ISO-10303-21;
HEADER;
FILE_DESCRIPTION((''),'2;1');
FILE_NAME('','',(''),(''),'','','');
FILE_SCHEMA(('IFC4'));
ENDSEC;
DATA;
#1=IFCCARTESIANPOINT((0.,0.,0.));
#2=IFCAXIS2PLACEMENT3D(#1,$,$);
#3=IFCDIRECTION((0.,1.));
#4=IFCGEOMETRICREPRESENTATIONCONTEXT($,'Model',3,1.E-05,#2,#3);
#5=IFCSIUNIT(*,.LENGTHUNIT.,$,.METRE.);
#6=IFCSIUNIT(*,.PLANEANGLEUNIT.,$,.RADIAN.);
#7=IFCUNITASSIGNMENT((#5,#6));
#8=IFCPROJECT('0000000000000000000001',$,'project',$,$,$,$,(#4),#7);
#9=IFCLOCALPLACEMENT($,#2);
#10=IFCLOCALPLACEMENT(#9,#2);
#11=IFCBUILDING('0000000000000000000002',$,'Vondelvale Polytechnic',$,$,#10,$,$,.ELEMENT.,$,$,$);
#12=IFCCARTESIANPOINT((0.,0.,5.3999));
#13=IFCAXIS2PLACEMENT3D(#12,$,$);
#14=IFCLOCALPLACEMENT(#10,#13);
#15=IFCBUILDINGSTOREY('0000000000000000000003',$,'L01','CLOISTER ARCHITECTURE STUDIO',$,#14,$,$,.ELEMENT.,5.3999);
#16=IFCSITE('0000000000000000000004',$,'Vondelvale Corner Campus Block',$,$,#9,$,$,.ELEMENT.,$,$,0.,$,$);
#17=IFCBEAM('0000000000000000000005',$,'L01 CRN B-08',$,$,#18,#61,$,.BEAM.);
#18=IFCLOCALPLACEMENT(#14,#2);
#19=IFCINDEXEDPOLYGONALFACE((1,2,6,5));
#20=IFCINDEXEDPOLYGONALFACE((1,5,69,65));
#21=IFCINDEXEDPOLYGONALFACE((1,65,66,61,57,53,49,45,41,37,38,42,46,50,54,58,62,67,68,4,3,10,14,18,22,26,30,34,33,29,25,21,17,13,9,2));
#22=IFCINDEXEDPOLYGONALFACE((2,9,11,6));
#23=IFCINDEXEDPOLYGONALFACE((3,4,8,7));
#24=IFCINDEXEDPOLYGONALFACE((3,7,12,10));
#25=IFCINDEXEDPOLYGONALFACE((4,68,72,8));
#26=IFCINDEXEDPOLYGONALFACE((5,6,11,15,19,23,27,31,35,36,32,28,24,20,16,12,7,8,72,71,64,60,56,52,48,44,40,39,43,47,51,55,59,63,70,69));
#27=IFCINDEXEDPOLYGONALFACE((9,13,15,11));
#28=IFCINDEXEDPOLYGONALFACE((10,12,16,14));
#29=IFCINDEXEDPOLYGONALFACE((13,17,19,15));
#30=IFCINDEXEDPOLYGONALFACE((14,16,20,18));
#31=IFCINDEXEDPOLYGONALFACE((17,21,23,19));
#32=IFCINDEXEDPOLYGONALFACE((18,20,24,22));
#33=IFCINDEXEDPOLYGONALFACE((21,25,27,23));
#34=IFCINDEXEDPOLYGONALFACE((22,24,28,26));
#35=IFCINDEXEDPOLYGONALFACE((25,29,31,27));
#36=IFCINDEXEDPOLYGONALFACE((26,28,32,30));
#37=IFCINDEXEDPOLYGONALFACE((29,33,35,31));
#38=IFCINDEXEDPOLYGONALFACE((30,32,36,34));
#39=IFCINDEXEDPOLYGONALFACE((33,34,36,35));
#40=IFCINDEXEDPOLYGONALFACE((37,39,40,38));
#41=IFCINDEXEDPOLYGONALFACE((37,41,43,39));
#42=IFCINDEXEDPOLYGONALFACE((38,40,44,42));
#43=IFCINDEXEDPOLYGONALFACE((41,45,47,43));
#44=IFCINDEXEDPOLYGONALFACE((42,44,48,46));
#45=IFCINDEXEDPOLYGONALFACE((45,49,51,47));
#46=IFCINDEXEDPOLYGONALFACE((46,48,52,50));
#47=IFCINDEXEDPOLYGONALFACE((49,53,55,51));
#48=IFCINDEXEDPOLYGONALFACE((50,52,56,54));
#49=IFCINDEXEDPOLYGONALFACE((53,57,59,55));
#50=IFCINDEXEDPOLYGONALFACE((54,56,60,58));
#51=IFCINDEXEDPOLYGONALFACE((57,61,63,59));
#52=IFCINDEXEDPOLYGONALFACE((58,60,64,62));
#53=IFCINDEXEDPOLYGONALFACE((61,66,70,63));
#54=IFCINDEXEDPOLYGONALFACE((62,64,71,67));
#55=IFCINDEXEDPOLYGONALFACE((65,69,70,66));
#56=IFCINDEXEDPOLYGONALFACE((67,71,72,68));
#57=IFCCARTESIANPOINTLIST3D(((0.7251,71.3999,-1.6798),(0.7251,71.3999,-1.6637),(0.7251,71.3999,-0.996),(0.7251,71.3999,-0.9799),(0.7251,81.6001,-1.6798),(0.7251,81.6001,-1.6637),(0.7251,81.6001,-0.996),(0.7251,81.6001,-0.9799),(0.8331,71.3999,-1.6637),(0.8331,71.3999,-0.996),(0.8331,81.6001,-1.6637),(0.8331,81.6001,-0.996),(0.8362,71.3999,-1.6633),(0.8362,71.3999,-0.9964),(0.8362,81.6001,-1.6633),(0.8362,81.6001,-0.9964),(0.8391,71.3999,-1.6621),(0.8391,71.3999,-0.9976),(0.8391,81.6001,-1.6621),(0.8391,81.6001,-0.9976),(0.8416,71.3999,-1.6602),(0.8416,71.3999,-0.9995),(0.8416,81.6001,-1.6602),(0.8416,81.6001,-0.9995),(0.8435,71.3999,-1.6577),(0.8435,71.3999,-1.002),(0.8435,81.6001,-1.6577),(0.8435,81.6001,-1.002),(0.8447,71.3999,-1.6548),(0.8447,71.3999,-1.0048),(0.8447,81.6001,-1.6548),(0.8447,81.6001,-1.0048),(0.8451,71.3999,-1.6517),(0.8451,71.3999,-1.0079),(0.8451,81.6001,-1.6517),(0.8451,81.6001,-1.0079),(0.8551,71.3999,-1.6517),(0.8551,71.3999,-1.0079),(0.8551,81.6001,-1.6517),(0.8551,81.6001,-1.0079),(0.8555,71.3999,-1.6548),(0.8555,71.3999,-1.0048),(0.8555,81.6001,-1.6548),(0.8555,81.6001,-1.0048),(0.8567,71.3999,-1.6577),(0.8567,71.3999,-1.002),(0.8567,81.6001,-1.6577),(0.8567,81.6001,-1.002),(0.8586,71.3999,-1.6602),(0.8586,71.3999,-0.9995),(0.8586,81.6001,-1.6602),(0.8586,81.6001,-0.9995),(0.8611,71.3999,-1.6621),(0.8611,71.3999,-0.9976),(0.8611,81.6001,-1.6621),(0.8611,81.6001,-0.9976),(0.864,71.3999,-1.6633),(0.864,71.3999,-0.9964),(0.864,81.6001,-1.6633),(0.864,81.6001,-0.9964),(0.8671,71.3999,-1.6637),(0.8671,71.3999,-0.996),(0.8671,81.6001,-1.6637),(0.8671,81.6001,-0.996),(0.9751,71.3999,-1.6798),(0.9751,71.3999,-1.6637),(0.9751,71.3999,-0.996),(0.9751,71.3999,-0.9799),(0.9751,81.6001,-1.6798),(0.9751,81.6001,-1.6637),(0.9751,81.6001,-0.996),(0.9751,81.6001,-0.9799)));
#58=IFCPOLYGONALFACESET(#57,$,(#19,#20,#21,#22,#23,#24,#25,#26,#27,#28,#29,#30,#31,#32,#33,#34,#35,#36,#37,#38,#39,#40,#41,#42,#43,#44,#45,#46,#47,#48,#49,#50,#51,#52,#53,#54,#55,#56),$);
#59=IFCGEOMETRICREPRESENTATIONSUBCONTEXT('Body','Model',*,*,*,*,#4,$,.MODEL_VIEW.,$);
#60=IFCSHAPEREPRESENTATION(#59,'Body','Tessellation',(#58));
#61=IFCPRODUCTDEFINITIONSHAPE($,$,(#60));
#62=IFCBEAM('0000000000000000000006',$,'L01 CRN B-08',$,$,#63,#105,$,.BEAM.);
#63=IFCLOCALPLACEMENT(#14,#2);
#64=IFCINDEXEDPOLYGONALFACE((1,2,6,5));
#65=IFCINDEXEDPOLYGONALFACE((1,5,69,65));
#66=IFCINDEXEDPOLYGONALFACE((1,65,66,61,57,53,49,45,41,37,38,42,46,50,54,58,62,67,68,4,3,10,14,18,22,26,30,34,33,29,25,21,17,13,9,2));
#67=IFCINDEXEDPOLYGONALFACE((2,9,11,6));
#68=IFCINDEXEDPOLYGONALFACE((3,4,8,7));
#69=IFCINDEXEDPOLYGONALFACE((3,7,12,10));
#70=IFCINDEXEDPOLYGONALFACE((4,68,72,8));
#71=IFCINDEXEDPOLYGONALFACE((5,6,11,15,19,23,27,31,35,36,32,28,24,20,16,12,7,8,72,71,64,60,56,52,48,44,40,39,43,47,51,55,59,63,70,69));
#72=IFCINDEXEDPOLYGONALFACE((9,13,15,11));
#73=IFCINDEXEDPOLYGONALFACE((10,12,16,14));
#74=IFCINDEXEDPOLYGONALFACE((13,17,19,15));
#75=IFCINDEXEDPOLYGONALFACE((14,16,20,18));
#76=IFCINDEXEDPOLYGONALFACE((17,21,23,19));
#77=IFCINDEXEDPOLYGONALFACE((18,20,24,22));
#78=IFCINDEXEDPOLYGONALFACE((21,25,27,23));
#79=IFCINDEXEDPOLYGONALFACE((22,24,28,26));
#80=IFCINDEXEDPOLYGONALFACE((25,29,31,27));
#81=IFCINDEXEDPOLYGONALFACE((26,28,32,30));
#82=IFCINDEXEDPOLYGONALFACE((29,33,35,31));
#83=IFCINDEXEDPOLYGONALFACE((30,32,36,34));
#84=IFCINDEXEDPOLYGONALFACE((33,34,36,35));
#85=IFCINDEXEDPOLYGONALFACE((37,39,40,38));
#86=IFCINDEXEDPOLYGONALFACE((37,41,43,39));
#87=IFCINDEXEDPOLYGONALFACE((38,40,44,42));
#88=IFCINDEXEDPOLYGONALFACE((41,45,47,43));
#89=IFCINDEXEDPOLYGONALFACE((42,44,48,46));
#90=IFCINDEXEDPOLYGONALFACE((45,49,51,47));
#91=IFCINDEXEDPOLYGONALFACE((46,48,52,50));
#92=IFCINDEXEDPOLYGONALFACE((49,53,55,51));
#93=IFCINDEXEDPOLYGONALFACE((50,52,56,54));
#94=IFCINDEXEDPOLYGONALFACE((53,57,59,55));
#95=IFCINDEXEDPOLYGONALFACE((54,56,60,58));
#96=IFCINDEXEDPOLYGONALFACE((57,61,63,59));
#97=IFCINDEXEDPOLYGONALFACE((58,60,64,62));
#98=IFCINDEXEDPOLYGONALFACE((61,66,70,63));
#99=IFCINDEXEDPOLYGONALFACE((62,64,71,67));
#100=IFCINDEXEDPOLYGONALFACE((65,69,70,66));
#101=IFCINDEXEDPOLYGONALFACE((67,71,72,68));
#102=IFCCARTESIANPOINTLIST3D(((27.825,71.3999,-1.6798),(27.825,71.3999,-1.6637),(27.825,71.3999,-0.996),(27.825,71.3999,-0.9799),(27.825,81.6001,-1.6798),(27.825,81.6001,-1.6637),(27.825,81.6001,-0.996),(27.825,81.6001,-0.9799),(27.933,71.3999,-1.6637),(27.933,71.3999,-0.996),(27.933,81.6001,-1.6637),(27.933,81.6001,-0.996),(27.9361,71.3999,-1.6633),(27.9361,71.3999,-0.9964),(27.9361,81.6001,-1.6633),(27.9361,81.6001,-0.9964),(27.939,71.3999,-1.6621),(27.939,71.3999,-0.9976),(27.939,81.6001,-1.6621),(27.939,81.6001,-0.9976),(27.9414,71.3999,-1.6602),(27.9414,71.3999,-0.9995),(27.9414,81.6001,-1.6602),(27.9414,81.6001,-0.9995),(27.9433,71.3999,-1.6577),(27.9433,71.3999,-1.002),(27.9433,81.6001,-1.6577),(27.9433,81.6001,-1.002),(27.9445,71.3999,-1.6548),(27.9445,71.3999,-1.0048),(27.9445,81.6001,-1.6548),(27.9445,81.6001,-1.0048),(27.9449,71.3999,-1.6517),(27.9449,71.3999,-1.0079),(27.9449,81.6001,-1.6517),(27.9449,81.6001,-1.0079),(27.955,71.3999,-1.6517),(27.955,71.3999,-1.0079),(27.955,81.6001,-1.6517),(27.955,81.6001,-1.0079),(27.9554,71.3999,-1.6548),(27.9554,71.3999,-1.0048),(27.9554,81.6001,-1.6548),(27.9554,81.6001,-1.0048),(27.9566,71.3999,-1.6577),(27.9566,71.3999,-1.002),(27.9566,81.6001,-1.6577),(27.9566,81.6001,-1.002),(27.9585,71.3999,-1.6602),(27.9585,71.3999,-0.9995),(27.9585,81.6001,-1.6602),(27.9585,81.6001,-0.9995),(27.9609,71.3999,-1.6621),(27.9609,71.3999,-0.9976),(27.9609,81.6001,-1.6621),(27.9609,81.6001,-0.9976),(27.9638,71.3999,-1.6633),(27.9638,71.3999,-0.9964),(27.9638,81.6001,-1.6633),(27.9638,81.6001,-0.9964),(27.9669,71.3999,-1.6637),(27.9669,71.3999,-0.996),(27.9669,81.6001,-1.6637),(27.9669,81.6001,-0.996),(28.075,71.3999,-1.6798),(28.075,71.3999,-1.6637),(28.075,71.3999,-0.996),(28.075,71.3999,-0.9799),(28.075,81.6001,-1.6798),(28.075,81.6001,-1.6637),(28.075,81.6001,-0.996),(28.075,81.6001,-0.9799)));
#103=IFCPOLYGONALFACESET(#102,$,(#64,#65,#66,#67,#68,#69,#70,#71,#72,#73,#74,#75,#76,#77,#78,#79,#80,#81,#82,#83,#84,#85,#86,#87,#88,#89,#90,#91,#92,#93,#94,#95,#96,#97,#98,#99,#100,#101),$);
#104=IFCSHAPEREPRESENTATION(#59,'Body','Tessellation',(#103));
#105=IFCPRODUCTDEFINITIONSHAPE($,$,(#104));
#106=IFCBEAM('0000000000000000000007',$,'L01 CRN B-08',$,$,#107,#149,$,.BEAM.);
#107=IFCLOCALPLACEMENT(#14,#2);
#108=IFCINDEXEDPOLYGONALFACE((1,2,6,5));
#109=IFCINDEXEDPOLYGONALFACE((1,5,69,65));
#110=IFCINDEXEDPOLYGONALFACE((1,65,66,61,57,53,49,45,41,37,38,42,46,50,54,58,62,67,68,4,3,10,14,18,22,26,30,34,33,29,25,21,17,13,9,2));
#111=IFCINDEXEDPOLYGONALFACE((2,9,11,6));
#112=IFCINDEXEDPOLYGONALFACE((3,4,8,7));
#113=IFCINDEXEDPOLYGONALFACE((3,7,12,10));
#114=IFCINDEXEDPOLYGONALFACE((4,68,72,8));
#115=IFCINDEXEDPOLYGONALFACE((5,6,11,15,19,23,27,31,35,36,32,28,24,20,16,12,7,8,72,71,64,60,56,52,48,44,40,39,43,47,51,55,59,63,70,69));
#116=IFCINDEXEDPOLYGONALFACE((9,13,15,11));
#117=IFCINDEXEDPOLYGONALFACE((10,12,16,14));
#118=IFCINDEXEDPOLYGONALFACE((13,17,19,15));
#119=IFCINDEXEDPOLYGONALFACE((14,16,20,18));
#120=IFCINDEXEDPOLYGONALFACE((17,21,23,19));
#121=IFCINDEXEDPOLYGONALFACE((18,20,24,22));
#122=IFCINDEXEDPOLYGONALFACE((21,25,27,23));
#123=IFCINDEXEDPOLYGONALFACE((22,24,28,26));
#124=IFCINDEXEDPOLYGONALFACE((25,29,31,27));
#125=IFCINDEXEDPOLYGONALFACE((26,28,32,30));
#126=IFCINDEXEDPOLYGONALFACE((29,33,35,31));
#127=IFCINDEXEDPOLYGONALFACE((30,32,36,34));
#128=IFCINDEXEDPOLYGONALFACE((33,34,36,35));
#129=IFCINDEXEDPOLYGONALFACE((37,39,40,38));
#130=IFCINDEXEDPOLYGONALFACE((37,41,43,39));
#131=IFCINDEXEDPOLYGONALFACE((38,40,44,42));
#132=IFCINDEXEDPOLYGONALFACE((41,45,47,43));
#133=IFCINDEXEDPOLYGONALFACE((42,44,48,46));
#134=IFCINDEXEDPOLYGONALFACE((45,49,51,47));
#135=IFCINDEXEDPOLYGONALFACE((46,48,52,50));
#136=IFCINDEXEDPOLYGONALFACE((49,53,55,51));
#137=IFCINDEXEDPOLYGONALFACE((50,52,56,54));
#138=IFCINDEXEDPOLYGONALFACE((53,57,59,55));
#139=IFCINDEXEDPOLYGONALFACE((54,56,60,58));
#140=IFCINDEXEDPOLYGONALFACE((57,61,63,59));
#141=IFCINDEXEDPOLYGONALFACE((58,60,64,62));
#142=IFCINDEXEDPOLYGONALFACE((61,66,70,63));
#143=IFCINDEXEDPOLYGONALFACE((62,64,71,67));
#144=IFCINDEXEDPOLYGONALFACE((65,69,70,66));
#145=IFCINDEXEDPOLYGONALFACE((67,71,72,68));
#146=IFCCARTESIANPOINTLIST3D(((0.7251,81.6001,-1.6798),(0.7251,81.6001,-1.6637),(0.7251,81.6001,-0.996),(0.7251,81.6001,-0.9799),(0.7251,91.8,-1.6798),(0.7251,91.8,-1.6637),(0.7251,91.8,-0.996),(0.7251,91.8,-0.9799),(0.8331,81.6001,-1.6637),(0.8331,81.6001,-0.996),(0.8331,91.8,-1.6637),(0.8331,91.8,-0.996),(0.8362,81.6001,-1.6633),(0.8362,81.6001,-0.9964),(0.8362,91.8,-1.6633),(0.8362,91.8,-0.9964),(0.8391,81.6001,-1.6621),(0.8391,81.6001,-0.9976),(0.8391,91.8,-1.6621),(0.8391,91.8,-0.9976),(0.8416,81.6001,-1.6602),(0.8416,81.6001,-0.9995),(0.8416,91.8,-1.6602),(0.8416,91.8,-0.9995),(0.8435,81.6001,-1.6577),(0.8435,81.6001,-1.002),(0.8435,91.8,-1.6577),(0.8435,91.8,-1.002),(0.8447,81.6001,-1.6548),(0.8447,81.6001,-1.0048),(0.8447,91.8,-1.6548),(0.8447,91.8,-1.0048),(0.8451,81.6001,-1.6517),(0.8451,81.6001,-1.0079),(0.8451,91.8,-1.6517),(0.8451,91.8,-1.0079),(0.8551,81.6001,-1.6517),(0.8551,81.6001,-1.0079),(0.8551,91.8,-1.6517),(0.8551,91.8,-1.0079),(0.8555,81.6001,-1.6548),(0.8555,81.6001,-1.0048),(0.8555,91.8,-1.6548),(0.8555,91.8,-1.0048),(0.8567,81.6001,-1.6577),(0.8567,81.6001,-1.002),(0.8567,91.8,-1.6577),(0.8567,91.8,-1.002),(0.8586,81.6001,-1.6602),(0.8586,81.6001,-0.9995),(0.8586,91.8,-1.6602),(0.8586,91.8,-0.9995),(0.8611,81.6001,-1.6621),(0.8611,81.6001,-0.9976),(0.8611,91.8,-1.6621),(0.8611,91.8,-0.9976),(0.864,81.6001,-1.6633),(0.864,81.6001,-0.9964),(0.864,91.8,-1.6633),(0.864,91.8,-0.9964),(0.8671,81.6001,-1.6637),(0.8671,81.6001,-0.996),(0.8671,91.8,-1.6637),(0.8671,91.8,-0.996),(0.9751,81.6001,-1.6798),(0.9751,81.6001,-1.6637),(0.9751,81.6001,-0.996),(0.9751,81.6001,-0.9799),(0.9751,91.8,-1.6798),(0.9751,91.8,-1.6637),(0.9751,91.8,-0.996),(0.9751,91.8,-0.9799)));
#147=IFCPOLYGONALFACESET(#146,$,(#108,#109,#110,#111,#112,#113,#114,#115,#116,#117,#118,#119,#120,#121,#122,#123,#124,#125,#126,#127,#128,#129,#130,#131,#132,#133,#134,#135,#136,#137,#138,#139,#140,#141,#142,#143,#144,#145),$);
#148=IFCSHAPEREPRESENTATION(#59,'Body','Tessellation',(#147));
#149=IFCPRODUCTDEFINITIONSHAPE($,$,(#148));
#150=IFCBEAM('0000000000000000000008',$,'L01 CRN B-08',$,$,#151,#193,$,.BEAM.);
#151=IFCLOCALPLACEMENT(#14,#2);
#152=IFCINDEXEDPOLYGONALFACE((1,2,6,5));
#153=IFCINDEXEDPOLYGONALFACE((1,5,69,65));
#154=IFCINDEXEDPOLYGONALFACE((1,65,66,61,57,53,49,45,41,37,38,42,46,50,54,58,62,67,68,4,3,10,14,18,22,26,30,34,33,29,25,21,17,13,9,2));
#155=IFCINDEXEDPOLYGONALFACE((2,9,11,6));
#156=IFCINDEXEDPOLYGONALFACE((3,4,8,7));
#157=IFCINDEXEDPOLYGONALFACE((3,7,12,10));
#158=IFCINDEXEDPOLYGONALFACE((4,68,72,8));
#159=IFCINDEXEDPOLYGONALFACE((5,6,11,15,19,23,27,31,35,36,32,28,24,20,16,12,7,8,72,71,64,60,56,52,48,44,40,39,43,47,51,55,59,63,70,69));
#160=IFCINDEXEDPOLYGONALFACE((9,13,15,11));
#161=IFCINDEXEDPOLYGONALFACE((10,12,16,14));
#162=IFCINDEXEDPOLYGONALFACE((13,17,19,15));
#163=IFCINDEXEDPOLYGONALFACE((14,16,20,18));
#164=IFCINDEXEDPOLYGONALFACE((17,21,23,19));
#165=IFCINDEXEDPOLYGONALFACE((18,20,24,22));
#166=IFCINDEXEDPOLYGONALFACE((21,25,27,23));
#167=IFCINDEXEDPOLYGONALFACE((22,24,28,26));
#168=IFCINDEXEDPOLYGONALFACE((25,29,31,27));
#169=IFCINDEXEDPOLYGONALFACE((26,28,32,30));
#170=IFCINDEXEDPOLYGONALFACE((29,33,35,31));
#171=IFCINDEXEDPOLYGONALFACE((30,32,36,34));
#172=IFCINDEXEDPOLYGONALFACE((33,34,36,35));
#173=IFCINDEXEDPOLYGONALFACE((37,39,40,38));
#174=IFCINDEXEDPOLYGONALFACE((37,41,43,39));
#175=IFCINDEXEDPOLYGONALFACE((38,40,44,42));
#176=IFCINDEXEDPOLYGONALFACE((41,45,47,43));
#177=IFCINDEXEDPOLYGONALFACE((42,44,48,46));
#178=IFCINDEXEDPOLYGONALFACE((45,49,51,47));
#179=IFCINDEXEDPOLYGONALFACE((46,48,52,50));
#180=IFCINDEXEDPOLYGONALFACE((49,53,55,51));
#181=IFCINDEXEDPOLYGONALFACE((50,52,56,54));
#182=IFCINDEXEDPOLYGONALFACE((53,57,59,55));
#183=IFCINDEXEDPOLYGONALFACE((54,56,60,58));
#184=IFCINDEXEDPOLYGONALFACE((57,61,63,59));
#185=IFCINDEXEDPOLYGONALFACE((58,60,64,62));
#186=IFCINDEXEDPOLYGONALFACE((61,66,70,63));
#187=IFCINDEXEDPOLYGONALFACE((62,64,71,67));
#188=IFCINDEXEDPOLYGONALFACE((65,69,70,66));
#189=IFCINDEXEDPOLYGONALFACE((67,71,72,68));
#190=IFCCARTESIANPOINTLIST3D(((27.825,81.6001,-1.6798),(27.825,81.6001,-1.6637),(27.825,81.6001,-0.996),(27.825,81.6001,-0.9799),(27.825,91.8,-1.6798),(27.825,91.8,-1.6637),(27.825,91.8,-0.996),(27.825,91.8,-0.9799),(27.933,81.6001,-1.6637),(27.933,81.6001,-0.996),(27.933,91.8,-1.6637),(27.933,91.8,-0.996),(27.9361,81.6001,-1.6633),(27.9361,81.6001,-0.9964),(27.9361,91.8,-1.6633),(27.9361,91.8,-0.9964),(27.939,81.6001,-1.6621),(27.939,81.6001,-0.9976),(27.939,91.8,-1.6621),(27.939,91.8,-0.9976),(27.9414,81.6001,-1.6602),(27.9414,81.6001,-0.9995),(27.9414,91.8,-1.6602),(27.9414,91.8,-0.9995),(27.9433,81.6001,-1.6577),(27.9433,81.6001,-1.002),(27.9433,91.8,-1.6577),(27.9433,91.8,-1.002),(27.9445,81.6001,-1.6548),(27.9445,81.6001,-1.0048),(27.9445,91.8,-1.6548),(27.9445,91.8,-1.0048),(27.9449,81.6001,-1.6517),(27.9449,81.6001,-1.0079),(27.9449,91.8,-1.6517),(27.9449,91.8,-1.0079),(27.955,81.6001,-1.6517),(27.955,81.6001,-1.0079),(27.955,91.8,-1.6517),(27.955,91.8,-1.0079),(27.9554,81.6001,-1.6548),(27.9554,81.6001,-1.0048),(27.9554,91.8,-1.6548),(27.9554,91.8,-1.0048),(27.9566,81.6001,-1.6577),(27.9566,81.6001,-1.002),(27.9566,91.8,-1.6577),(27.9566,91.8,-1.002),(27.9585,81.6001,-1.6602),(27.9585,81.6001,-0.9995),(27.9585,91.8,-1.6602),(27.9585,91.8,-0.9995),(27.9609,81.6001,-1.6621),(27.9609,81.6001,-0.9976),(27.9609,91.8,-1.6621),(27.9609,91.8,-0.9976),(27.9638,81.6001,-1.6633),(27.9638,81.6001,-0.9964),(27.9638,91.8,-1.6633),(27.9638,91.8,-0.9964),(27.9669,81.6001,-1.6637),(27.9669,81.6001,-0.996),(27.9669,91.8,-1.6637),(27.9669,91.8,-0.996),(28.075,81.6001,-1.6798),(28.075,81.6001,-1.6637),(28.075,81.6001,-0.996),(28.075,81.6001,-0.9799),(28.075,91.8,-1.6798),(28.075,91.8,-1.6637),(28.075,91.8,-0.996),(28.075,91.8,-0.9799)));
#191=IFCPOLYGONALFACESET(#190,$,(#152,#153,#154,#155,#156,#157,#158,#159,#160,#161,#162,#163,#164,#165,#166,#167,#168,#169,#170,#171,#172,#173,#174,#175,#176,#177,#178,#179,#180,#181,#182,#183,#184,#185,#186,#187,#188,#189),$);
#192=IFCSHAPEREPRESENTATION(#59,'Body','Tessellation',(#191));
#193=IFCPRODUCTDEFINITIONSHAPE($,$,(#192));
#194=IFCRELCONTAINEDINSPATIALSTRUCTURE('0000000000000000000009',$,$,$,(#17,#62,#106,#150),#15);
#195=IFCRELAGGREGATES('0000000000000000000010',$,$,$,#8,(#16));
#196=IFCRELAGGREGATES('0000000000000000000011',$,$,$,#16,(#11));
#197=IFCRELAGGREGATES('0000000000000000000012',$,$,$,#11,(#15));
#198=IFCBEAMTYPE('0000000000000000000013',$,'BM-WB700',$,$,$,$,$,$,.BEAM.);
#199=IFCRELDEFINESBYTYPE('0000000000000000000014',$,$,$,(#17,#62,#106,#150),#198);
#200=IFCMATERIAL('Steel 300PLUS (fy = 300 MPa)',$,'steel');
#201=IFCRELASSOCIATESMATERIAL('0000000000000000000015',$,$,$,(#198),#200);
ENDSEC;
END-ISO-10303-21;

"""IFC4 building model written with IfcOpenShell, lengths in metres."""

from ifc_helpers import new_model, si_unit, direction, frame, origin, origin_2d, place, context, subcontext, project, spatial, i_section, extrude, material, material_profile, profile_set, type_object, element, save


model = new_model("IFC4")

# Units and contexts
model_context = context("Model", 3, precision=1e-05, world=origin(), true_north=direction((0.0, 1.0)))
body_context = subcontext(model_context, "Body", "Model", "MODEL_VIEW")
ifc_project = project(units=[si_unit("LENGTHUNIT", "METRE"), si_unit("PLANEANGLEUNIT", "RADIAN")], contexts=[model_context])

# Site, building, storey
site_placement = place(None, origin())
site = spatial("IfcSite", under=ifc_project, at=site_placement, Name="Vondelvale Corner Campus Block", CompositionType="ELEMENT", RefElevation=0.0)
building_placement = place(site_placement, origin())
building = spatial("IfcBuilding", under=site, at=building_placement, Name="Vondelvale Polytechnic", CompositionType="ELEMENT")
storey_placement = place(building_placement, frame((0.0, 0.0, 5.3999)))
storey = spatial("IfcBuildingStorey", under=building, at=storey_placement, Name="L01", Description="CLOISTER ARCHITECTURE STUDIO", CompositionType="ELEMENT", Elevation=5.3999)

# Shared definitions
ifc_material_1 = material(Name="Steel 300PLUS (fy = 300 MPa)", Category="steel")

# Beams
ifc_material_profile_1 = material_profile(ifc_material_1, i_section(OverallWidth=0.25, OverallDepth=0.7, WebThickness=0.01, FlangeThickness=0.0161, FilletRadius=0.012, at=origin_2d()), Name="700WB130")
ifc_profile_set_1 = profile_set([ifc_material_profile_1], Name="Steel 300PLUS (fy = 300 MPa)")
beam_type_1 = type_object("IfcBeamType", Name="BM-WB700", PredefinedType="BEAM", material=ifc_profile_set_1)
for number, where, z_axis, x_axis, name in (
    (1, (0.8501, 71.3999, -1.3298), (0.0, 1.0, 0.0), (-1.0, 0.0, 0.0), "L01 CRN B-08"),
    (2, (27.95, 71.3999, -1.3298), (0.0, 1.0, 0.0), (-1.0, 0.0, 0.0), "L01 CRN B-08"),
):
    element("IfcBeam", number, at=place(storey_placement, frame(where, z_axis=z_axis, x_axis=x_axis)), inside=storey, type_object=beam_type_1, Name=name, PredefinedType="BEAM", context=body_context, shape_type="SweptSolid", body=[
        extrude(i_section(OverallWidth=0.25, OverallDepth=0.7, WebThickness=0.01, FlangeThickness=0.0161, FilletRadius=0.012, at=origin_2d()), origin(), (0.0, 0.0, 1.0), 10.2002),
    ])
for number, where, z_axis, x_axis, name in (
    (3, (0.8501, 81.6001, -1.3298), (0.0, 1.0, 0.0), (-1.0, 0.0, 0.0), "L01 CRN B-08"),
    (4, (27.95, 81.6001, -1.3298), (0.0, 1.0, 0.0), (-1.0, 0.0, 0.0), "L01 CRN B-08"),
):
    element("IfcBeam", number, at=place(storey_placement, frame(where, z_axis=z_axis, x_axis=x_axis)), inside=storey, type_object=beam_type_1, Name=name, PredefinedType="BEAM", context=body_context, shape_type="SweptSolid", body=[
        extrude(i_section(OverallWidth=0.25, OverallDepth=0.7, WebThickness=0.01, FlangeThickness=0.0161, FilletRadius=0.012, at=origin_2d()), origin(), (0.0, 0.0, 1.0), 10.2),
    ])

save(model, "model.ifc")
